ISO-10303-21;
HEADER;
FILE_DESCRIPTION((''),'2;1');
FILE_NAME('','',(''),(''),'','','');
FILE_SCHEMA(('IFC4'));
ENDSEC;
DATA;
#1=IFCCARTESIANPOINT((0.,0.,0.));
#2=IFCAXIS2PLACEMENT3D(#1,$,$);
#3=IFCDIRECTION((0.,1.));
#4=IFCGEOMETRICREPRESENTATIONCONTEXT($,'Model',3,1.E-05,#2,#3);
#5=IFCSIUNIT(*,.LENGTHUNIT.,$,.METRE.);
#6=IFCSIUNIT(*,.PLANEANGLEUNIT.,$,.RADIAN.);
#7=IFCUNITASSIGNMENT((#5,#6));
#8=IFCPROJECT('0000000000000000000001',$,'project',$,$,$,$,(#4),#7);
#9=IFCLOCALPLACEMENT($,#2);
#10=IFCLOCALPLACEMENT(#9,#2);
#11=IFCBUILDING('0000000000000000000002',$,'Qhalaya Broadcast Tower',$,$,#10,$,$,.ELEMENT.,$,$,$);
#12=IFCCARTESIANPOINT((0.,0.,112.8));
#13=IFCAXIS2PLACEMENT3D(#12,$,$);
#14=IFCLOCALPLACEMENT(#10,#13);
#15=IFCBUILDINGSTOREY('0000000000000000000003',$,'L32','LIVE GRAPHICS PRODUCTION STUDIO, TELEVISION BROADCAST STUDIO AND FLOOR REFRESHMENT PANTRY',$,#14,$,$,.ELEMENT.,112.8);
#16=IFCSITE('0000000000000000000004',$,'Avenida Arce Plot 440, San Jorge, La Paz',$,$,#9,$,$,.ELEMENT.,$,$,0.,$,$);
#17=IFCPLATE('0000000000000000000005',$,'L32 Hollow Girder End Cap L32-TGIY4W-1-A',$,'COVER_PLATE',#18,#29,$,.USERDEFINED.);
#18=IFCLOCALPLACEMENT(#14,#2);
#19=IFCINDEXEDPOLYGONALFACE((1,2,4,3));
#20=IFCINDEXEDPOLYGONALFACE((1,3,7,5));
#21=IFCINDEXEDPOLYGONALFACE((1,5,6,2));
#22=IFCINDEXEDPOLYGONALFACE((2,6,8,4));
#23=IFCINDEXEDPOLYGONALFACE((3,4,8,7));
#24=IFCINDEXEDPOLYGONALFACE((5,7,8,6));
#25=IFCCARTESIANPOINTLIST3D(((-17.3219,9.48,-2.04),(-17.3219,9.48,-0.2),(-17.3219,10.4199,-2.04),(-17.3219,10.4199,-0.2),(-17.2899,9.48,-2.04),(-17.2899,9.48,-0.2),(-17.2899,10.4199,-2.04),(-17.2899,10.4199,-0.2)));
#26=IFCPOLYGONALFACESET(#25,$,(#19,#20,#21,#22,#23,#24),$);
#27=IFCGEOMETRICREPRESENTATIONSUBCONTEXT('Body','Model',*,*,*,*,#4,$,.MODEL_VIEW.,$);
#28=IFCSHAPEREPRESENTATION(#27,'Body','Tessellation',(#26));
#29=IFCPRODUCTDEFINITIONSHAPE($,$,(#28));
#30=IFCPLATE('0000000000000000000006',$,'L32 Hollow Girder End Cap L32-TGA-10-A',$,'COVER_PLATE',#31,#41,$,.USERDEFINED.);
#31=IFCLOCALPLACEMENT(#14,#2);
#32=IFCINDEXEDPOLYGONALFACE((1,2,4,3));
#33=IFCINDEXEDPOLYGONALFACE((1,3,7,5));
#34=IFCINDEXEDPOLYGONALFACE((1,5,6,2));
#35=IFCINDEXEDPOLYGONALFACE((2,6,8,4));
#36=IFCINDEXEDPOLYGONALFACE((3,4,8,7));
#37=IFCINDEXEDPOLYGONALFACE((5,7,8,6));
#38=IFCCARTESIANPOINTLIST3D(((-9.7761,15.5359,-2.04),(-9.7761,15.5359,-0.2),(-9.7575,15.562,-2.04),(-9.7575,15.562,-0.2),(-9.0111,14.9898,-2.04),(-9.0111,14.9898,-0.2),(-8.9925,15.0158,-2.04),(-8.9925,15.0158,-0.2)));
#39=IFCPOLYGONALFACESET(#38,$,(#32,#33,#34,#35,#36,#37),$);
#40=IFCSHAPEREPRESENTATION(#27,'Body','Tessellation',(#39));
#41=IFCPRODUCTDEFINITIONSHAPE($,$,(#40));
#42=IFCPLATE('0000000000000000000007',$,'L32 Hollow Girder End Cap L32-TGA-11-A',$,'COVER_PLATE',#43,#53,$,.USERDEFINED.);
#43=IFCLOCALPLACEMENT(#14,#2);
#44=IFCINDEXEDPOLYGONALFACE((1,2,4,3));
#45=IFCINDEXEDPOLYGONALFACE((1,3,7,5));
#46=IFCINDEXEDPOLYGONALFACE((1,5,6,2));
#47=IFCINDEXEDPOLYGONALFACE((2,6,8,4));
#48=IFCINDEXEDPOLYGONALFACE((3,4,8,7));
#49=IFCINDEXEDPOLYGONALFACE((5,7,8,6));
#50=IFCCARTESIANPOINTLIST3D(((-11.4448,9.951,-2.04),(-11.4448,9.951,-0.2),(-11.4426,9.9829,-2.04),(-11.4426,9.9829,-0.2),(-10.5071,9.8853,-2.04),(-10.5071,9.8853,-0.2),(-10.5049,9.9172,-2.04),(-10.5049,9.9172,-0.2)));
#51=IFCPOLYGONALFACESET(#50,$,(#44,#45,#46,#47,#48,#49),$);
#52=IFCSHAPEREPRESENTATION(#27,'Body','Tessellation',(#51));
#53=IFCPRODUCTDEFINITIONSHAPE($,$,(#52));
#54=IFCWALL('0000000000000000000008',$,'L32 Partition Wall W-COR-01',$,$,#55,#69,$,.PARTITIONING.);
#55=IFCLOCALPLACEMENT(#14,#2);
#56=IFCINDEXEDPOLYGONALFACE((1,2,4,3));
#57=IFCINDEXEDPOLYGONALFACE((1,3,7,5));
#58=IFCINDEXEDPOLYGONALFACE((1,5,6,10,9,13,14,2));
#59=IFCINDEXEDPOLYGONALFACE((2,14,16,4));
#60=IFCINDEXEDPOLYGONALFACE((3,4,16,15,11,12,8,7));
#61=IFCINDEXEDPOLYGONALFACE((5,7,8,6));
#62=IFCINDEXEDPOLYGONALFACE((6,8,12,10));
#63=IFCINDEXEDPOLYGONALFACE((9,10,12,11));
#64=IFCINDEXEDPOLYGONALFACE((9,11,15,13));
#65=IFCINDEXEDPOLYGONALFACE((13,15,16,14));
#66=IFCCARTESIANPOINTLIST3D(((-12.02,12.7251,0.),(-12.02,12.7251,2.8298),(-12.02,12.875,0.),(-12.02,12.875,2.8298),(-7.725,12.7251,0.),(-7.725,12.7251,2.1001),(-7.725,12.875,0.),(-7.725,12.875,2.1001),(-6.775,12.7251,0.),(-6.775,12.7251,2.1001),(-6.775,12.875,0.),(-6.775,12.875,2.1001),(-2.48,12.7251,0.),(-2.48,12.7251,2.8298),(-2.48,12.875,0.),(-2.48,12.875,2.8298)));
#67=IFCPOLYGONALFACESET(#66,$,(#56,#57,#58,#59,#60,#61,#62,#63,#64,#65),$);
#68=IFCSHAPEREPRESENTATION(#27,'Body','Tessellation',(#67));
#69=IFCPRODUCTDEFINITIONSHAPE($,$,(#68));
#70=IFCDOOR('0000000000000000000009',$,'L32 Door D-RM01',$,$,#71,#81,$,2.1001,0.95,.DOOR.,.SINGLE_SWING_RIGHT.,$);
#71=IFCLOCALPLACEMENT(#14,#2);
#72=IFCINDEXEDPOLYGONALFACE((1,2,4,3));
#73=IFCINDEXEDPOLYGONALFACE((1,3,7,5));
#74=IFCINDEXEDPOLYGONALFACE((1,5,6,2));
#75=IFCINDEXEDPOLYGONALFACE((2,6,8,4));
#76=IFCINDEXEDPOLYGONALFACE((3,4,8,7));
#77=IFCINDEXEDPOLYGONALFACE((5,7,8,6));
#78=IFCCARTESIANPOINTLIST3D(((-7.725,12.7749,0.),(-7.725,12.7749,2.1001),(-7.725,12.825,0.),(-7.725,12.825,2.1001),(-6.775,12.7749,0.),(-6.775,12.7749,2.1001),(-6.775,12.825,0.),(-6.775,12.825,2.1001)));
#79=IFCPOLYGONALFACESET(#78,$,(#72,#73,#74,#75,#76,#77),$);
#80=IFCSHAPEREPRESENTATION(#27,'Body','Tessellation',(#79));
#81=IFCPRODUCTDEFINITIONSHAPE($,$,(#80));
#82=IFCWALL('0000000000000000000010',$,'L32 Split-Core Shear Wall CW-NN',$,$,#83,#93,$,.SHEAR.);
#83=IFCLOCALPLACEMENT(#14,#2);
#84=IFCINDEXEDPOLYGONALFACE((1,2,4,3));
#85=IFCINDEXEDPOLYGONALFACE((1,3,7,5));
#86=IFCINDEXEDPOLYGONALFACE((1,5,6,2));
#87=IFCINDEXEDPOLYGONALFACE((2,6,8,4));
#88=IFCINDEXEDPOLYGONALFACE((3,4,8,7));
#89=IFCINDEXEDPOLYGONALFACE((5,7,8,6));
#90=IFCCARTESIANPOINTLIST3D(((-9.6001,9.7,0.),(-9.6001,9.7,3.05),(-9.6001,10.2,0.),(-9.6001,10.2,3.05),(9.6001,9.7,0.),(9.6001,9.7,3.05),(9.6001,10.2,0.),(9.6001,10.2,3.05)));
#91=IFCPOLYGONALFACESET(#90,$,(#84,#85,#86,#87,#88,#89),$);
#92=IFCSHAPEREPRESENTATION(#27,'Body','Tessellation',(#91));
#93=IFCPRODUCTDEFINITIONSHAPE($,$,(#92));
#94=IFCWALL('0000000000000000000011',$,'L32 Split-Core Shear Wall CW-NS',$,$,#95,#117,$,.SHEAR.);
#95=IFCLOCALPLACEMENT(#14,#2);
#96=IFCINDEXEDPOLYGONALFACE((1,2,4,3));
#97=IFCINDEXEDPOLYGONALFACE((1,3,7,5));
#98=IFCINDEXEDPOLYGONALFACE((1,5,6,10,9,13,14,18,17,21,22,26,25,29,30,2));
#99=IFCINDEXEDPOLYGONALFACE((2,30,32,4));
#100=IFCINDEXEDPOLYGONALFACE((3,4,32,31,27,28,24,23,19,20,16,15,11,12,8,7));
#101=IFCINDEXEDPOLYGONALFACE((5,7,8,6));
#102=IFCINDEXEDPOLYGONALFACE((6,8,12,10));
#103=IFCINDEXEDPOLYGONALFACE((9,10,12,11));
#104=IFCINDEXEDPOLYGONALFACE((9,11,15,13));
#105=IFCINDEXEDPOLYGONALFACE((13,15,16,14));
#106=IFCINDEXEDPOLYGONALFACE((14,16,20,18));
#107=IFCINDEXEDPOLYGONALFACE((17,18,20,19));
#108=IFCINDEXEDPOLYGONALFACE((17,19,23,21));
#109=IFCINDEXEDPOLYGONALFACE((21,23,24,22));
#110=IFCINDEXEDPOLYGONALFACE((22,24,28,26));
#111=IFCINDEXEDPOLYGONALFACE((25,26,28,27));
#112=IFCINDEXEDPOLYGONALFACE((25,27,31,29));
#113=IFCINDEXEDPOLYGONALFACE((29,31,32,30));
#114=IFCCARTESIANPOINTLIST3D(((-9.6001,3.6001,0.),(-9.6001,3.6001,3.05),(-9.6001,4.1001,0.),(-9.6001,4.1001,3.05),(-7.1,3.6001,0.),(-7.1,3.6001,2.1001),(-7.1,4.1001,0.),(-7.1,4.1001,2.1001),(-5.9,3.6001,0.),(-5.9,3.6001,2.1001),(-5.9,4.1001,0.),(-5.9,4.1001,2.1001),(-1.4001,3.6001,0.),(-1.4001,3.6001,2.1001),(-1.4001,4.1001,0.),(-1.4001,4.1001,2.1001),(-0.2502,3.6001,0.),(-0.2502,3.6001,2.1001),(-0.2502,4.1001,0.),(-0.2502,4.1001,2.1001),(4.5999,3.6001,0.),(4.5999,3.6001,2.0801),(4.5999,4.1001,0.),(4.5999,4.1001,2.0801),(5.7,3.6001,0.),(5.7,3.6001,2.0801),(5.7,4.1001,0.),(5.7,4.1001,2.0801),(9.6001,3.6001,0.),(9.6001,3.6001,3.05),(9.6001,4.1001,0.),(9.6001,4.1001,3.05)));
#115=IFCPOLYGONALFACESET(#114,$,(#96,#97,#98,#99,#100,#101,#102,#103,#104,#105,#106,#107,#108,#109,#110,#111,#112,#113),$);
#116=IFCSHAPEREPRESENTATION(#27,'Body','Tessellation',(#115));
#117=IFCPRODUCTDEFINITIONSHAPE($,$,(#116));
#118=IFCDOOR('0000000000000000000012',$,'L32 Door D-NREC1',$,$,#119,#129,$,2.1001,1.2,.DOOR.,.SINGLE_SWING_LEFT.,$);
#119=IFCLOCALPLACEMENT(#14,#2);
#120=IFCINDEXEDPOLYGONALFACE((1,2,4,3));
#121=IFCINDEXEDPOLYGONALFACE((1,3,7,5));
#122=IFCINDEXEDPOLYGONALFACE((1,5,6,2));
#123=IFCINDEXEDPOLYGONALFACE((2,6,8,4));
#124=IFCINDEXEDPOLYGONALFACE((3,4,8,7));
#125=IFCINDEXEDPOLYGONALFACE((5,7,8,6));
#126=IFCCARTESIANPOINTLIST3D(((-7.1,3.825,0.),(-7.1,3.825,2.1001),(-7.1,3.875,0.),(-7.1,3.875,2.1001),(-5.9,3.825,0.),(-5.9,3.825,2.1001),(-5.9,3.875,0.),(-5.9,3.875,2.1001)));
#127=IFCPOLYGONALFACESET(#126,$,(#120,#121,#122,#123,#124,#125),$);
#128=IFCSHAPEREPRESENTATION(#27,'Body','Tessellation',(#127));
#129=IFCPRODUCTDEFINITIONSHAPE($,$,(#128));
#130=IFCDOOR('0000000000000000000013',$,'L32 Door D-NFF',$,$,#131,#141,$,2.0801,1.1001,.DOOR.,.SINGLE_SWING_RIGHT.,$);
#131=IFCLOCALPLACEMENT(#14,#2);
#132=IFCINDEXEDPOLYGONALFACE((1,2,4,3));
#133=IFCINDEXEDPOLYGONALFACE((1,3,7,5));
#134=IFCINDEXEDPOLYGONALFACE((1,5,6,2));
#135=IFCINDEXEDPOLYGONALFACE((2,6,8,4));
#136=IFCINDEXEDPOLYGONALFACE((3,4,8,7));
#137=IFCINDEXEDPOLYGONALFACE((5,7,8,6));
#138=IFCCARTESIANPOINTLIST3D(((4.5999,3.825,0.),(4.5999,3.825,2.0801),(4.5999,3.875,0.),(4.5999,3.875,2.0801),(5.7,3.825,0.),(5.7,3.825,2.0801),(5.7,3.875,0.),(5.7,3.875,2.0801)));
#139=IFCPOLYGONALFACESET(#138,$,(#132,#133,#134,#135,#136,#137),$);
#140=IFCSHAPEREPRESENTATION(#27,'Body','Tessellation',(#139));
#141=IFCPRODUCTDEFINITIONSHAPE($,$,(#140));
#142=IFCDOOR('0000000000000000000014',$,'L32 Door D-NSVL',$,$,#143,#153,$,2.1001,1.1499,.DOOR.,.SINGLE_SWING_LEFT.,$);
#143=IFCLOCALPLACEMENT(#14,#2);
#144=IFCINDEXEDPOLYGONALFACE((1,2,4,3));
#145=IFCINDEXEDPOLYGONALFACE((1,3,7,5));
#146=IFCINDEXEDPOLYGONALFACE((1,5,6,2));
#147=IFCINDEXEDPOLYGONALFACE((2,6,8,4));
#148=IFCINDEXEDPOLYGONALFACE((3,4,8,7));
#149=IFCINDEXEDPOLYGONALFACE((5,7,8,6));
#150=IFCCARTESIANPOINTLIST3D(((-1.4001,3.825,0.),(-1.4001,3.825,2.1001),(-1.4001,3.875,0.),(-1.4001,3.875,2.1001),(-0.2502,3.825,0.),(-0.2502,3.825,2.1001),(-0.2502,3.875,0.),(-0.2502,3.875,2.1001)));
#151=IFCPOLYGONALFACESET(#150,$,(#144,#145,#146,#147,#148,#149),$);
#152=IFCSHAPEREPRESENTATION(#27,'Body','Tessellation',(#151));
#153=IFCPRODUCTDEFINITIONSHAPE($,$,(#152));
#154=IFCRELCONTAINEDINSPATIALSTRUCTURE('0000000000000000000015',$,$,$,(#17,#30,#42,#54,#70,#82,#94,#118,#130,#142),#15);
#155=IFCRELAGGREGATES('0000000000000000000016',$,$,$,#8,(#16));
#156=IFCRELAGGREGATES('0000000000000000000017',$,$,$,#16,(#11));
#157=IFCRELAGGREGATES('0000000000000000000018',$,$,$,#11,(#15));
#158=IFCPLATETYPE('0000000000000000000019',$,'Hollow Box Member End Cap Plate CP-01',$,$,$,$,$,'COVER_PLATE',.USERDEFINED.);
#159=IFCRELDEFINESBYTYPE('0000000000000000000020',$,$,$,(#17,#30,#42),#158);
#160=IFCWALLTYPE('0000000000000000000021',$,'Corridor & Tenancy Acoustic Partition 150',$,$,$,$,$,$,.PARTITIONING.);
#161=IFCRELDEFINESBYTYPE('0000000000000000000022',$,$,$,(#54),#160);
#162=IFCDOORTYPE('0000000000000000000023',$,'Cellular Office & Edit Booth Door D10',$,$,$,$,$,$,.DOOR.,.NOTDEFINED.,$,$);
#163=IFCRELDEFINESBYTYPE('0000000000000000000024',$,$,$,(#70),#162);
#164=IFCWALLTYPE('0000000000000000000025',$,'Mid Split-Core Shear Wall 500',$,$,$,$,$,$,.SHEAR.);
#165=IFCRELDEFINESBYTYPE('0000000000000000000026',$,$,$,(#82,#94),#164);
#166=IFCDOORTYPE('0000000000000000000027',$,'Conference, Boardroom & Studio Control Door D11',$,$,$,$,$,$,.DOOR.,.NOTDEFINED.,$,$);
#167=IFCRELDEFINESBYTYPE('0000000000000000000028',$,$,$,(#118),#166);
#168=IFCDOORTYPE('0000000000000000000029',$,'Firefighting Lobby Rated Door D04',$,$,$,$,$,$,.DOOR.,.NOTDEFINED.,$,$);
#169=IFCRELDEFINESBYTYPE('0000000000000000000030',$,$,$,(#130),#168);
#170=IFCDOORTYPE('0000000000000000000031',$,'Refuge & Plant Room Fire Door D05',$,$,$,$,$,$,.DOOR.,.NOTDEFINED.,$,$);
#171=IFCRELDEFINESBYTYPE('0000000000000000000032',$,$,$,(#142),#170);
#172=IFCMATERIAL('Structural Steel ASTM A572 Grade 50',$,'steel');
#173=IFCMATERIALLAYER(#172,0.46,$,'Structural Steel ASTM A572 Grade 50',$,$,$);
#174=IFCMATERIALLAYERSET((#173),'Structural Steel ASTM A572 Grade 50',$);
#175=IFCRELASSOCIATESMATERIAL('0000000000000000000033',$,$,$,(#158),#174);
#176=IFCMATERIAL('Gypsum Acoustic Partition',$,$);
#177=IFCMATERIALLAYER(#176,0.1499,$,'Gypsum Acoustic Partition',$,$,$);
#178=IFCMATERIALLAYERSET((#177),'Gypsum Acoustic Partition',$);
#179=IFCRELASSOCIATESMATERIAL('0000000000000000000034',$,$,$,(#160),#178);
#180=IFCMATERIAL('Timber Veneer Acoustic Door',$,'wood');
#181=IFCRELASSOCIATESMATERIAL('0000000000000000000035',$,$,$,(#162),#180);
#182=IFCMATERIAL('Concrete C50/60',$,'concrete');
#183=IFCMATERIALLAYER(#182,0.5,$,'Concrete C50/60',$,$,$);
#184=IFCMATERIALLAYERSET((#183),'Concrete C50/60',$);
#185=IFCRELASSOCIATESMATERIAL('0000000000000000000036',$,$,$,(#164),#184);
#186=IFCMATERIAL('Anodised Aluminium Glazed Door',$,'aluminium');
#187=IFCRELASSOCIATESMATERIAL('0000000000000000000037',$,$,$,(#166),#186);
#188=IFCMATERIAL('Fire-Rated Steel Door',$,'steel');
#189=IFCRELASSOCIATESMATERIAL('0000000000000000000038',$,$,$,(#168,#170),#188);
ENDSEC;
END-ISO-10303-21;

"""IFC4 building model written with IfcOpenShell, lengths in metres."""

from ifc_helpers import new_model, si_unit, direction, frame, frame_2d, origin, origin_2d, place, context, subcontext, project, spatial, rectangle, extrude, material, layer, layer_set, type_object, element, fill, save


model = new_model("IFC4")

# Units and contexts
model_context = context("Model", 3, precision=1e-05, world=origin(), true_north=direction((0.0, 1.0)))
body_context = subcontext(model_context, "Body", "Model", "MODEL_VIEW")
ifc_project = project(units=[si_unit("LENGTHUNIT", "METRE"), si_unit("PLANEANGLEUNIT", "RADIAN")], contexts=[model_context])

# Site, building, storey
site_placement = place(None, origin())
site = spatial("IfcSite", under=ifc_project, at=site_placement, Name="Avenida Arce Plot 440, San Jorge, La Paz", CompositionType="ELEMENT", RefElevation=0.0)
building_placement = place(site_placement, origin())
building = spatial("IfcBuilding", under=site, at=building_placement, Name="Qhalaya Broadcast Tower", CompositionType="ELEMENT")
storey_placement = place(building_placement, frame((0.0, 0.0, 112.8)))
storey = spatial("IfcBuildingStorey", under=building, at=storey_placement, Name="L32", Description="LIVE GRAPHICS PRODUCTION STUDIO, TELEVISION BROADCAST STUDIO AND FLOOR REFRESHMENT PANTRY", CompositionType="ELEMENT", Elevation=112.8)

# Shared definitions
ifc_material_1 = material(Name="Concrete C50/60", Category="concrete")

# Shared definitions
ifc_material_2 = material(Name="Structural Steel ASTM A572 Grade 50", Category="steel")

# Plates
ifc_layer_1 = layer(ifc_material_2, 0.46, Name="Structural Steel ASTM A572 Grade 50")
ifc_layer_set_1 = layer_set([ifc_layer_1], Name="Structural Steel ASTM A572 Grade 50")
plate_type = type_object("IfcPlateType", Name="Hollow Box Member End Cap Plate CP-01", ElementType="COVER_PLATE", PredefinedType="USERDEFINED", material=ifc_layer_set_1)
for number, where, z_axis, x_axis, name in (
    (1, (-17.3059, 9.95, -2.04), (0.0, 0.0, 1.0), (0.0, 1.0, 0.0), "L32 Hollow Girder End Cap L32-TGIY4W-1-A"),
    (2, (-9.3843, 15.2759, -2.04), (0.0, 0.0, 1.0), (-0.813882, 0.58103, 0.0), "L32 Hollow Girder End Cap L32-TGA-10-A"),
    (3, (-10.9749, 9.9341, -2.04), (0.0, 0.0, 1.0), (-0.997558, 0.069844, 0.0), "L32 Hollow Girder End Cap L32-TGA-11-A"),
):
    element("IfcPlate", number, at=place(storey_placement, frame(where, z_axis=z_axis, x_axis=x_axis)), inside=storey, type_object=plate_type, Name=name, ObjectType="COVER_PLATE", PredefinedType="USERDEFINED", context=body_context, shape_type="SweptSolid", body=[
        extrude(rectangle(XDim=0.9399, YDim=0.032, at=origin_2d()), origin(), (0.0, 0.0, 1.0), 1.8401),
    ])

# Wall, opening, door
ifc_material_3 = material(Name="Gypsum Acoustic Partition")
ifc_layer_2 = layer(ifc_material_3, 0.1499, Name="Gypsum Acoustic Partition")
ifc_layer_set_2 = layer_set([ifc_layer_2], Name="Gypsum Acoustic Partition")
wall_type_1 = type_object("IfcWallType", Name="Corridor & Tenancy Acoustic Partition 150", PredefinedType="PARTITIONING", material=ifc_layer_set_2)
wall_1_placement = place(storey_placement, frame((-12.02, 12.8, 0.0), z_axis=(0.0, 0.0, 1.0), x_axis=(1.0, 0.0, 0.0)))
wall_1 = element("IfcWall", 4, at=wall_1_placement, inside=storey, type_object=wall_type_1, Name="L32 Partition Wall W-COR-01", PredefinedType="PARTITIONING", context=body_context, shape_type="SweptSolid", body=[
    extrude(rectangle(XDim=9.54, YDim=0.1499, at=frame_2d((4.77, 0.0))), origin(), (0.0, 0.0, 1.0), 2.8298),
])
opening_1_placement = place(wall_1_placement, frame((4.2949, 0.0, 0.0)))
opening_1 = element("IfcOpeningElement", 5, at=opening_1_placement, cuts=wall_1, PredefinedType="OPENING", context=body_context, shape_type="SweptSolid", body=[
    extrude(rectangle(XDim=0.95, YDim=2.1001, at=frame_2d((0.4751, 1.05))), frame((0.0, 0.0869, 0.0), z_axis=(0.0, -1.0, 0.0), x_axis=(1.0, 0.0, 0.0)), (0.0, 0.0, 1.0), 0.1738),
])
ifc_material_4 = material(Name="Timber Veneer Acoustic Door", Category="wood")
door_type_1 = type_object("IfcDoorType", Name="Cellular Office & Edit Booth Door D10", OperationType="NOTDEFINED", PredefinedType="DOOR", material=ifc_material_4)
door_1_placement = place(opening_1_placement, origin())
door_1 = element("IfcDoor", 6, at=door_1_placement, inside=storey, type_object=door_type_1, Name="L32 Door D-RM01", OperationType="SINGLE_SWING_RIGHT", OverallHeight=2.1001, OverallWidth=0.95, PredefinedType="DOOR", context=body_context, shape_type="SweptSolid", body=[
    extrude(rectangle(XDim=0.95, YDim=2.1001, at=frame_2d((0.4751, 1.05))), frame((0.0, 0.0249, 0.0), z_axis=(0.0, -1.0, 0.0), x_axis=(1.0, 0.0, 0.0)), (0.0, 0.0, 1.0), 0.05),
])
fill(opening_1, door_1)

# Wall
ifc_layer_3 = layer(ifc_material_1, 0.5, Name="Concrete C50/60")
ifc_layer_set_3 = layer_set([ifc_layer_3], Name="Concrete C50/60")
wall_type_2 = type_object("IfcWallType", Name="Mid Split-Core Shear Wall 500", PredefinedType="SHEAR", material=ifc_layer_set_3)
wall_2_placement = place(storey_placement, frame((-9.6001, 9.95, 0.0), z_axis=(0.0, 0.0, 1.0), x_axis=(1.0, 0.0, 0.0)))
element("IfcWall", 7, at=wall_2_placement, inside=storey, type_object=wall_type_2, Name="L32 Split-Core Shear Wall CW-NN", PredefinedType="SHEAR", context=body_context, shape_type="SweptSolid", body=[
    extrude(rectangle(XDim=19.2002, YDim=0.5, at=frame_2d((9.6001, 0.0))), origin(), (0.0, 0.0, 1.0), 3.05),
])

# Wall, openings, doors
wall_3_placement = place(storey_placement, frame((-9.6001, 3.8501, 0.0), z_axis=(0.0, 0.0, 1.0), x_axis=(1.0, 0.0, 0.0)))
wall_3 = element("IfcWall", 8, at=wall_3_placement, inside=storey, type_object=wall_type_2, Name="L32 Split-Core Shear Wall CW-NS", PredefinedType="SHEAR", context=body_context, shape_type="SweptSolid", body=[
    extrude(rectangle(XDim=19.2002, YDim=0.5, at=frame_2d((9.6001, 0.0))), origin(), (0.0, 0.0, 1.0), 3.05),
])
opening_2_placement = place(wall_3_placement, frame((14.2, 0.0, 0.0)))
opening_2 = element("IfcOpeningElement", 9, at=opening_2_placement, cuts=wall_3, PredefinedType="OPENING", context=body_context, shape_type="SweptSolid", body=[
    extrude(rectangle(XDim=1.1001, YDim=2.0801, at=frame_2d((0.55, 1.04))), frame((0.0, 0.262, 0.0), z_axis=(0.0, -1.0, 0.0), x_axis=(1.0, 0.0, 0.0)), (0.0, 0.0, 1.0), 0.5239),
])
opening_3_placement = place(wall_3_placement, frame((8.2, 0.0, 0.0)))
opening_3 = element("IfcOpeningElement", 10, at=opening_3_placement, cuts=wall_3, PredefinedType="OPENING", context=body_context, shape_type="SweptSolid", body=[
    extrude(rectangle(XDim=1.1499, YDim=2.1001, at=frame_2d((0.575, 1.05))), frame((0.0, 0.262, 0.0), z_axis=(0.0, -1.0, 0.0), x_axis=(1.0, 0.0, 0.0)), (0.0, 0.0, 1.0), 0.5239),
])
opening_4_placement = place(wall_3_placement, frame((2.5, 0.0, 0.0)))
opening_4 = element("IfcOpeningElement", 11, at=opening_4_placement, cuts=wall_3, PredefinedType="OPENING", context=body_context, shape_type="SweptSolid", body=[
    extrude(rectangle(XDim=1.2, YDim=2.1001, at=frame_2d((0.6001, 1.05))), frame((0.0, 0.262, 0.0), z_axis=(0.0, -1.0, 0.0), x_axis=(1.0, 0.0, 0.0)), (0.0, 0.0, 1.0), 0.5239),
])
ifc_material_5 = material(Name="Anodised Aluminium Glazed Door", Category="aluminium")
door_type_2 = type_object("IfcDoorType", Name="Conference, Boardroom & Studio Control Door D11", OperationType="NOTDEFINED", PredefinedType="DOOR", material=ifc_material_5)
door_2_placement = place(opening_4_placement, origin())
door_2 = element("IfcDoor", 12, at=door_2_placement, inside=storey, type_object=door_type_2, Name="L32 Door D-NREC1", OperationType="SINGLE_SWING_LEFT", OverallHeight=2.1001, OverallWidth=1.2, PredefinedType="DOOR", context=body_context, shape_type="SweptSolid", body=[
    extrude(rectangle(XDim=1.2, YDim=2.1001, at=frame_2d((0.6001, 1.05))), frame((0.0, 0.0249, 0.0), z_axis=(0.0, -1.0, 0.0), x_axis=(1.0, 0.0, 0.0)), (0.0, 0.0, 1.0), 0.05),
])
fill(opening_4, door_2)
ifc_material_6 = material(Name="Fire-Rated Steel Door", Category="steel")
door_type_3 = type_object("IfcDoorType", Name="Firefighting Lobby Rated Door D04", OperationType="NOTDEFINED", PredefinedType="DOOR", material=ifc_material_6)
door_3_placement = place(opening_2_placement, origin())
door_3 = element("IfcDoor", 13, at=door_3_placement, inside=storey, type_object=door_type_3, Name="L32 Door D-NFF", OperationType="SINGLE_SWING_RIGHT", OverallHeight=2.0801, OverallWidth=1.1001, PredefinedType="DOOR", context=body_context, shape_type="SweptSolid", body=[
    extrude(rectangle(XDim=1.1001, YDim=2.0801, at=frame_2d((0.55, 1.04))), frame((0.0, 0.0249, 0.0), z_axis=(0.0, -1.0, 0.0), x_axis=(1.0, 0.0, 0.0)), (0.0, 0.0, 1.0), 0.05),
])
fill(opening_2, door_3)
door_type_4 = type_object("IfcDoorType", Name="Refuge & Plant Room Fire Door D05", OperationType="NOTDEFINED", PredefinedType="DOOR", material=ifc_material_6)
door_4_placement = place(opening_3_placement, origin())
door_4 = element("IfcDoor", 14, at=door_4_placement, inside=storey, type_object=door_type_4, Name="L32 Door D-NSVL", OperationType="SINGLE_SWING_LEFT", OverallHeight=2.1001, OverallWidth=1.1499, PredefinedType="DOOR", context=body_context, shape_type="SweptSolid", body=[
    extrude(rectangle(XDim=1.1499, YDim=2.1001, at=frame_2d((0.575, 1.05))), frame((0.0, 0.0249, 0.0), z_axis=(0.0, -1.0, 0.0), x_axis=(1.0, 0.0, 0.0)), (0.0, 0.0, 1.0), 0.05),
])
fill(opening_3, door_4)

save(model, "model.ifc")
